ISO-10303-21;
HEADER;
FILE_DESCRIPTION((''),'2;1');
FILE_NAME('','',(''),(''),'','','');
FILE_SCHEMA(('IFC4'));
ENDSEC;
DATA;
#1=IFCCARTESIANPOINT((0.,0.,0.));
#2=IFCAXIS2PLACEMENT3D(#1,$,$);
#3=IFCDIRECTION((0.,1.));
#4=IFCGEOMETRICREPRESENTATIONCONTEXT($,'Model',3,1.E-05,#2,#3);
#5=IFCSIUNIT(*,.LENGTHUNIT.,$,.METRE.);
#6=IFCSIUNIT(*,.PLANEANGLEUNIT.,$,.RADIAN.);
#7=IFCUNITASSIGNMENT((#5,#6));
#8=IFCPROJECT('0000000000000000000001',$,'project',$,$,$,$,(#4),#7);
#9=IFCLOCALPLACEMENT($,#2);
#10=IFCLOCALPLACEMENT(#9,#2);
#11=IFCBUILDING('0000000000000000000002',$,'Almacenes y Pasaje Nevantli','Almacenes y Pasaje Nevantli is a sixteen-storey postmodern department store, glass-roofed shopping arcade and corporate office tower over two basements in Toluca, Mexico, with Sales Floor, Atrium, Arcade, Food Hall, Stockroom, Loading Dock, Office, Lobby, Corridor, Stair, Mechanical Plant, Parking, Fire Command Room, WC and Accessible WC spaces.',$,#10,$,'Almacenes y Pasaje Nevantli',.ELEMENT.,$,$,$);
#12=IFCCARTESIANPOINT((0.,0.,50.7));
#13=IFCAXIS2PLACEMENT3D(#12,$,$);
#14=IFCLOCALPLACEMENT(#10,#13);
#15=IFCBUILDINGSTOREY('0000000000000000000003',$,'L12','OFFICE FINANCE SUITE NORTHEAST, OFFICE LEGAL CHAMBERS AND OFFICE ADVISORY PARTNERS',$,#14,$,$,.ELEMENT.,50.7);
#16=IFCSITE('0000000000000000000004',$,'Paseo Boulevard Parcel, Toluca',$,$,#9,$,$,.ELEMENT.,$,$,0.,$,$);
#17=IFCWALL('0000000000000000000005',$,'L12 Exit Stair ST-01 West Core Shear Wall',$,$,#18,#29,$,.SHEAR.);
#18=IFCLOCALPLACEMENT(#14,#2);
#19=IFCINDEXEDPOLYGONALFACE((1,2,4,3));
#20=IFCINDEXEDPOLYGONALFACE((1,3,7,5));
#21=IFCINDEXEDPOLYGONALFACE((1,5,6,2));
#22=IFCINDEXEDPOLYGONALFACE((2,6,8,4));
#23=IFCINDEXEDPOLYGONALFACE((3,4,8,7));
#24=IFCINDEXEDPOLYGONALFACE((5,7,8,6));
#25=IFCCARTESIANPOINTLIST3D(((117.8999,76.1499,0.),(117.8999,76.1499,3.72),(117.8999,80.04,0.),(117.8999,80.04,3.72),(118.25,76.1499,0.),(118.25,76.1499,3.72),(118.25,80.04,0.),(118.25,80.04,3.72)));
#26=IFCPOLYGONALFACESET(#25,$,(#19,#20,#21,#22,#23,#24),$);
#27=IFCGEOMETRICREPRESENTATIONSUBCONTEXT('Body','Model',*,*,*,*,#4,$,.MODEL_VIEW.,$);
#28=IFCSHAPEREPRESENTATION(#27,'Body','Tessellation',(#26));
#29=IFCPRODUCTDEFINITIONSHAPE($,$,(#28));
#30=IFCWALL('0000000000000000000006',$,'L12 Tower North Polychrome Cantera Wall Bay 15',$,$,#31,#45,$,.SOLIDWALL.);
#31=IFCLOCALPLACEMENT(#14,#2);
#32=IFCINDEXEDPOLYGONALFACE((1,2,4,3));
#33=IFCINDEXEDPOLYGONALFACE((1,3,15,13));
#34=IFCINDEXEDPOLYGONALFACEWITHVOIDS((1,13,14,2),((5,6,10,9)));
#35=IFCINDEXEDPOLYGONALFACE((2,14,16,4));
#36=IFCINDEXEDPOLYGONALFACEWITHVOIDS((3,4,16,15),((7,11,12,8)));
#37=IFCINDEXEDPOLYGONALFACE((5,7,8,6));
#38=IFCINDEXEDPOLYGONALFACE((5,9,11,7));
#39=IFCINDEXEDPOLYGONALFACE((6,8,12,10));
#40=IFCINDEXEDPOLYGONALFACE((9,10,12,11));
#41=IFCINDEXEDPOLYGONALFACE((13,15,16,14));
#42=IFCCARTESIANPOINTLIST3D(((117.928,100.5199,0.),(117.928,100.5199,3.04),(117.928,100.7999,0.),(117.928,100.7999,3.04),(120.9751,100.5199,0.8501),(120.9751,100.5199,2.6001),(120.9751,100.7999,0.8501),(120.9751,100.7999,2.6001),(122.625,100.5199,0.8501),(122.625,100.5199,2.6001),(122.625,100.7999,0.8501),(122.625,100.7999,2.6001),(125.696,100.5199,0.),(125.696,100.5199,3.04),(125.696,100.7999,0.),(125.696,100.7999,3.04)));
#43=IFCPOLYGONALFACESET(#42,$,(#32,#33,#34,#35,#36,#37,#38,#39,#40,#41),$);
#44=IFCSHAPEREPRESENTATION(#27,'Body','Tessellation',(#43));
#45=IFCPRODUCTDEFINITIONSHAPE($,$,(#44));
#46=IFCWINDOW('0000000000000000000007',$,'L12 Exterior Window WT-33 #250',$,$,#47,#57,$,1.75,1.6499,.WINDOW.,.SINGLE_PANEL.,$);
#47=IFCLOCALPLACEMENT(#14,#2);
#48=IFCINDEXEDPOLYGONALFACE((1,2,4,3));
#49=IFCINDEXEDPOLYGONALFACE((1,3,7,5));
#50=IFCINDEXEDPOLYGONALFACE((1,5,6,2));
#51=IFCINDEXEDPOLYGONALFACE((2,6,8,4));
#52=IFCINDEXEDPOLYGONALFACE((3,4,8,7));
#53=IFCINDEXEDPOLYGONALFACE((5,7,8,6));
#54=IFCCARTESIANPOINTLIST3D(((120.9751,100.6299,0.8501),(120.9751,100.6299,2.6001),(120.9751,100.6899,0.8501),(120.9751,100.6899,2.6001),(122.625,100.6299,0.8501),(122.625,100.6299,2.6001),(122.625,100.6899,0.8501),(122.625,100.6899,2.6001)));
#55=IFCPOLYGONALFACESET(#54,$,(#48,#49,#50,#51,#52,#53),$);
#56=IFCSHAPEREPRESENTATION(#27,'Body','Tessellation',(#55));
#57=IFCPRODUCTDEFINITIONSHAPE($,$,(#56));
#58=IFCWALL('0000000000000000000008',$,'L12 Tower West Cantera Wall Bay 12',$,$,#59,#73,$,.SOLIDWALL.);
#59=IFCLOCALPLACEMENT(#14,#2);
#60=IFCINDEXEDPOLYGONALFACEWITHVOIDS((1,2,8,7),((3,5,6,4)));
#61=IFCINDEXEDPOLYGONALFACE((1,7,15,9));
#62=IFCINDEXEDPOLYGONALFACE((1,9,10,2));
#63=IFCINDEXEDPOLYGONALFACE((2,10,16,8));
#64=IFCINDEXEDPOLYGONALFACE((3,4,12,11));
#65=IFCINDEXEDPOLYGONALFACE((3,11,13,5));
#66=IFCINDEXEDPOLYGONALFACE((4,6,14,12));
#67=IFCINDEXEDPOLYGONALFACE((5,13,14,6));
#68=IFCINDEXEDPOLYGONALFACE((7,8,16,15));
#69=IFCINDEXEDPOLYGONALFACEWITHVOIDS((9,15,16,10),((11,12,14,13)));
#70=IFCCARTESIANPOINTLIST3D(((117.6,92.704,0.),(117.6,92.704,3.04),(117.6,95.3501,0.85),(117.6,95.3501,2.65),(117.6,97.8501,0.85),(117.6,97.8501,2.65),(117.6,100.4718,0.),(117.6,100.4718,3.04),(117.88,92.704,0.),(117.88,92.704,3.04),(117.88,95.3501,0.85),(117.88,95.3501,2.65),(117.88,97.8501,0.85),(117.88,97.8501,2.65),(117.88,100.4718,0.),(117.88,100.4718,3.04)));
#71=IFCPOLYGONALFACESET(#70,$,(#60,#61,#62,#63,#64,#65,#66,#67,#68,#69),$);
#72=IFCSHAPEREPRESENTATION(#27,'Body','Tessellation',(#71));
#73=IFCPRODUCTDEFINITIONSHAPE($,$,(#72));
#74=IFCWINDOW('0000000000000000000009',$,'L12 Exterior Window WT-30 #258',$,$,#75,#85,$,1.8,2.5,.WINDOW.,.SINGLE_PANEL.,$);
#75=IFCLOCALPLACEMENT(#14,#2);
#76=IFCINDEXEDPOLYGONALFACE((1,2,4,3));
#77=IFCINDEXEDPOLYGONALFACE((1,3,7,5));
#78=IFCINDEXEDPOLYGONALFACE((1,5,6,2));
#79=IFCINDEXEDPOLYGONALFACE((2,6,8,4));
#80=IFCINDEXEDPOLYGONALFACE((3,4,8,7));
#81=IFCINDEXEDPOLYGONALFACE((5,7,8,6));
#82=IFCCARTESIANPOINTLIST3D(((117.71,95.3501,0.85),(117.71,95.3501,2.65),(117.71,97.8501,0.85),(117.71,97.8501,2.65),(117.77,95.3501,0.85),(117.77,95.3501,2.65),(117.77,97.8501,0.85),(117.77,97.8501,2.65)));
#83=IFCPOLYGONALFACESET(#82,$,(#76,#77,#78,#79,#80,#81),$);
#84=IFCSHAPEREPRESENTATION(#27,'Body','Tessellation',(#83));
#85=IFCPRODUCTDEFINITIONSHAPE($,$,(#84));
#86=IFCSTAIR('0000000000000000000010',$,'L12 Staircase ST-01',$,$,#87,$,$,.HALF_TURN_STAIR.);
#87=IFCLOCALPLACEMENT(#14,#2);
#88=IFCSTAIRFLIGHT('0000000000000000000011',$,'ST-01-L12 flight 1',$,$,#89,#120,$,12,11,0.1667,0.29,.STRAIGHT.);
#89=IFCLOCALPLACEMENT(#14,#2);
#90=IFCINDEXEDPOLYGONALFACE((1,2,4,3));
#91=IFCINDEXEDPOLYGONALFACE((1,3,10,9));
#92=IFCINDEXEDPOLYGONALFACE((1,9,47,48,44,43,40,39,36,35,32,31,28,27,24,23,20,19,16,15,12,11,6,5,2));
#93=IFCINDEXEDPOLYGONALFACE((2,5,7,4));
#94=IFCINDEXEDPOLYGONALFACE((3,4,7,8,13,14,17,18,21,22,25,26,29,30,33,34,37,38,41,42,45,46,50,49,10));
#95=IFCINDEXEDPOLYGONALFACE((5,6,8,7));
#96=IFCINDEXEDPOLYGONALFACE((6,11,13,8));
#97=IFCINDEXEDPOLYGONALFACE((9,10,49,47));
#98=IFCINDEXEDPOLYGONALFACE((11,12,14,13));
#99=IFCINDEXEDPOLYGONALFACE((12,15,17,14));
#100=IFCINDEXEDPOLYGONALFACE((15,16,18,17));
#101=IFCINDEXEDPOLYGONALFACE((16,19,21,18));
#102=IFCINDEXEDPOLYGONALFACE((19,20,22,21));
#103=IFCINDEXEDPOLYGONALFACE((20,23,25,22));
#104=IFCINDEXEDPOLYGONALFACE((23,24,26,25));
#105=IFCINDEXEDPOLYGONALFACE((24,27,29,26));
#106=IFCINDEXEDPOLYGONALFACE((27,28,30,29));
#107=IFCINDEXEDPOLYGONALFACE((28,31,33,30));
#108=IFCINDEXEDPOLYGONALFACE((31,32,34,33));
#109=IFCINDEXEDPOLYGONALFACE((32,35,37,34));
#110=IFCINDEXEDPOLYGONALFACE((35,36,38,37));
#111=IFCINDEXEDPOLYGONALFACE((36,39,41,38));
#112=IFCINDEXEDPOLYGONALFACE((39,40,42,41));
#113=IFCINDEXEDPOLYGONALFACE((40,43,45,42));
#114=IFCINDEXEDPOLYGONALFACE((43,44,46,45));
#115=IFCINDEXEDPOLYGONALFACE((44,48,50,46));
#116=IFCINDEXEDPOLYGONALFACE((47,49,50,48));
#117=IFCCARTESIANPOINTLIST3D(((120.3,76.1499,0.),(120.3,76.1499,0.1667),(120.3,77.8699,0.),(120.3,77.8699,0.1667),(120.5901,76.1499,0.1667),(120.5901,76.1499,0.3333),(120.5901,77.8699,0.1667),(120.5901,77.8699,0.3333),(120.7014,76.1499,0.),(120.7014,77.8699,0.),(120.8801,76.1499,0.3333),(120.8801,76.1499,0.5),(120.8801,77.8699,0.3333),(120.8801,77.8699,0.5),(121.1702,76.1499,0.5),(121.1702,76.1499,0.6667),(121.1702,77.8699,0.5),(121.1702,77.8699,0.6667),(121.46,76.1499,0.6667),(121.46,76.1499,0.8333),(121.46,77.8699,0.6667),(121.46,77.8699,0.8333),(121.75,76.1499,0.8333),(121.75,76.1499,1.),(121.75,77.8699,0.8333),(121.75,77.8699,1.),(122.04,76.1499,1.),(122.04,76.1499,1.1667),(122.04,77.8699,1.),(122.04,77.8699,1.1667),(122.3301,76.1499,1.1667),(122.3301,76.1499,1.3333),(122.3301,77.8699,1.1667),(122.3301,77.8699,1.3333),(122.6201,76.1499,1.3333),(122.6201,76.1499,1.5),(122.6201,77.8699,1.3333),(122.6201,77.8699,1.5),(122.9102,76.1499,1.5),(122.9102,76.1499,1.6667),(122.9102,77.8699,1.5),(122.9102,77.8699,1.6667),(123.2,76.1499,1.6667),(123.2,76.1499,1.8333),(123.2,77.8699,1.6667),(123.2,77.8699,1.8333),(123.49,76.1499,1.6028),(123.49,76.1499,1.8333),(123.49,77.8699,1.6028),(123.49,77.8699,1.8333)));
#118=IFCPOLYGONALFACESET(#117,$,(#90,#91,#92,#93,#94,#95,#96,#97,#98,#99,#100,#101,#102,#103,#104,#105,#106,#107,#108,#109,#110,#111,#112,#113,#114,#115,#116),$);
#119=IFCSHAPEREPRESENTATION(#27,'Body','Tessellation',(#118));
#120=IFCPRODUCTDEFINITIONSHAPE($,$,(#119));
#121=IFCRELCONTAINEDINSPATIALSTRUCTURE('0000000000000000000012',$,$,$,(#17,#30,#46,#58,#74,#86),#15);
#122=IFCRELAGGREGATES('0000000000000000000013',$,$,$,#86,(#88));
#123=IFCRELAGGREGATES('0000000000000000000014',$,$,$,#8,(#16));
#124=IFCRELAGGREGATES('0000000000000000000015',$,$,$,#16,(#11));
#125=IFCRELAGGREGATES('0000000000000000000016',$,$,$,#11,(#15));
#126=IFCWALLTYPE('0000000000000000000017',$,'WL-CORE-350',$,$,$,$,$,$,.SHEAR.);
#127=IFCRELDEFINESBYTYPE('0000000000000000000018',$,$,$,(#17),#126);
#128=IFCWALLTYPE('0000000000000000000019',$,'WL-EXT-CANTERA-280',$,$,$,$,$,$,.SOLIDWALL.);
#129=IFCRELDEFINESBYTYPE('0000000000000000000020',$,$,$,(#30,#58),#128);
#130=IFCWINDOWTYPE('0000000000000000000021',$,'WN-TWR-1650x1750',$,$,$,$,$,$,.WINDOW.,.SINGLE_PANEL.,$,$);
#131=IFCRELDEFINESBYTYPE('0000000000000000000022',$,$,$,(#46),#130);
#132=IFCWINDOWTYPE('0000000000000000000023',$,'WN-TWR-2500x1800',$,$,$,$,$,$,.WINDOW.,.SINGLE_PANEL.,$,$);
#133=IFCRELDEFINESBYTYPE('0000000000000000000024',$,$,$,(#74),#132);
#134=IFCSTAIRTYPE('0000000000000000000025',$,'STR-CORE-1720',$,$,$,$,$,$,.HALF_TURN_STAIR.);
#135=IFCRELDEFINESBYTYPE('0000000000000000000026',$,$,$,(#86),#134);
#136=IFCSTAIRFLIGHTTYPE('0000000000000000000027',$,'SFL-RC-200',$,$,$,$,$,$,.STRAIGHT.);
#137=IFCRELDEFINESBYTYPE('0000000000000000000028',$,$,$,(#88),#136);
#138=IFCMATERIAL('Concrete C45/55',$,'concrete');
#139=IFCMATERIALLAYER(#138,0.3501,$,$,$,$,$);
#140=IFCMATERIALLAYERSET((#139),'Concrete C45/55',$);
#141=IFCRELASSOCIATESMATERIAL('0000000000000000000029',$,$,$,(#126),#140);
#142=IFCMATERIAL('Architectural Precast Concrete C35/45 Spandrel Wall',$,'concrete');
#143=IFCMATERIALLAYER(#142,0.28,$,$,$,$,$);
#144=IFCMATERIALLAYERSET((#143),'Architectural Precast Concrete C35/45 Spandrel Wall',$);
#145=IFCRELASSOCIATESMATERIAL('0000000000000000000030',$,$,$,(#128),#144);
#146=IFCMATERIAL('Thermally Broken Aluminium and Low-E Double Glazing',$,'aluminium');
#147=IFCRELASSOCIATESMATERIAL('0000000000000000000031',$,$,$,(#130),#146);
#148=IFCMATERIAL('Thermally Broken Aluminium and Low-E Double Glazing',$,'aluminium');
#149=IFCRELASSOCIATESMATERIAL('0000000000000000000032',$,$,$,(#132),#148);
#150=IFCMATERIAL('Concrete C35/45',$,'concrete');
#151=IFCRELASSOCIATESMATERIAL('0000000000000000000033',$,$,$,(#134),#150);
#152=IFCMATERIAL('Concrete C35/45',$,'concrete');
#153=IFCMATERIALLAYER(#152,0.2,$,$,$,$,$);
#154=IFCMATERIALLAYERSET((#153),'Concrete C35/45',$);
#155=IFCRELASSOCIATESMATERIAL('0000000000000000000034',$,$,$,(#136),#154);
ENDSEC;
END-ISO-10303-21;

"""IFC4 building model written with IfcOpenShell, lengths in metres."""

from ifc_helpers import new_model, si_unit, direction, frame, frame_2d, origin, place, context, subcontext, project, spatial, polyline, rectangle, outline, extrude, material, layer, layer_set, type_object, element, fill, aggregate, save


model = new_model("IFC4")

# Units and contexts
model_context = context("Model", 3, precision=1e-05, world=origin(), true_north=direction((0.0, 1.0)))
body_context = subcontext(model_context, "Body", "Model", "MODEL_VIEW")
ifc_project = project(units=[si_unit("LENGTHUNIT", "METRE"), si_unit("PLANEANGLEUNIT", "RADIAN")], contexts=[model_context])

# Site, building, storey
site_placement = place(None, origin())
site = spatial("IfcSite", under=ifc_project, at=site_placement, Name="Paseo Boulevard Parcel, Toluca", CompositionType="ELEMENT", RefElevation=0.0)
building_placement = place(site_placement, origin())
building = spatial("IfcBuilding", under=site, at=building_placement, Name="Almacenes y Pasaje Nevantli", Description="Almacenes y Pasaje Nevantli is a sixteen-storey postmodern department store, glass-roofed shopping arcade and corporate office tower over two basements in Toluca, Mexico, with Sales Floor, Atrium, Arcade, Food Hall, Stockroom, Loading Dock, Office, Lobby, Corridor, Stair, Mechanical Plant, Parking, Fire Command Room, WC and Accessible WC spaces.", LongName="Almacenes y Pasaje Nevantli", CompositionType="ELEMENT")
storey_placement = place(building_placement, frame((0.0, 0.0, 50.7)))
storey = spatial("IfcBuildingStorey", under=building, at=storey_placement, Name="L12", Description="OFFICE FINANCE SUITE NORTHEAST, OFFICE LEGAL CHAMBERS AND OFFICE ADVISORY PARTNERS", CompositionType="ELEMENT", Elevation=50.7)

# Shared definitions
ifc_material_1 = material(Name="Concrete C45/55", Category="concrete")
ifc_layer_1 = layer(ifc_material_1, 0.3501)
ifc_layer_set_1 = layer_set([ifc_layer_1], Name="Concrete C45/55")
wall_type_1 = type_object("IfcWallType", Name="WL-CORE-350", PredefinedType="SHEAR", material=ifc_layer_set_1)

# Wall
wall_1_placement = place(storey_placement, frame((118.075, 76.1499, 0.0), z_axis=(0.0, 0.0, 1.0), x_axis=(0.0, 1.0, 0.0)))
element("IfcWall", 1, at=wall_1_placement, inside=storey, type_object=wall_type_1, Name="L12 Exit Stair ST-01 West Core Shear Wall", PredefinedType="SHEAR", context=body_context, shape_type="SweptSolid", body=[
    extrude(rectangle(XDim=3.8901, YDim=0.3501, at=frame_2d((1.9451, 0.0))), origin(), (0.0, 0.0, 1.0), 3.72),
])

# Walls, openings, windows
ifc_material_2 = material(Name="Architectural Precast Concrete C35/45 Spandrel Wall", Category="concrete")
ifc_layer_2 = layer(ifc_material_2, 0.28)
ifc_layer_set_2 = layer_set([ifc_layer_2], Name="Architectural Precast Concrete C35/45 Spandrel Wall")
wall_type_2 = type_object("IfcWallType", Name="WL-EXT-CANTERA-280", PredefinedType="SOLIDWALL", material=ifc_layer_set_2)
wall_2_placement = place(storey_placement, frame((117.928, 100.6599, 0.0), z_axis=(0.0, 0.0, 1.0), x_axis=(1.0, 0.0, 0.0)))
wall_2 = element("IfcWall", 2, at=wall_2_placement, inside=storey, type_object=wall_type_2, Name="L12 Tower North Polychrome Cantera Wall Bay 15", PredefinedType="SOLIDWALL", context=body_context, shape_type="SweptSolid", body=[
    extrude(rectangle(XDim=7.7681, YDim=0.28, at=frame_2d((3.884, 0.0))), origin(), (0.0, 0.0, 1.0), 3.04),
])
opening_1_placement = place(wall_2_placement, frame((3.0471, 0.0, 0.8501)))
opening_1 = element("IfcOpeningElement", 3, at=opening_1_placement, cuts=wall_2, PredefinedType="OPENING", context=body_context, shape_type="SweptSolid", body=[
    extrude(rectangle(XDim=1.6499, YDim=1.75, at=frame_2d((0.825, 0.875))), frame((0.0, 0.1499, 0.0), z_axis=(0.0, -1.0, 0.0), x_axis=(1.0, 0.0, 0.0)), (0.0, 0.0, 1.0), 0.3),
])
ifc_material_3 = material(Name="Thermally Broken Aluminium and Low-E Double Glazing", Category="aluminium")
window_type_1 = type_object("IfcWindowType", Name="WN-TWR-1650x1750", PartitioningType="SINGLE_PANEL", PredefinedType="WINDOW", material=ifc_material_3)
window_1_placement = place(opening_1_placement, origin())
window_1 = element("IfcWindow", 4, at=window_1_placement, inside=storey, type_object=window_type_1, Name="L12 Exterior Window WT-33 #250", OverallHeight=1.75, OverallWidth=1.6499, PartitioningType="SINGLE_PANEL", PredefinedType="WINDOW", context=body_context, shape_type="SweptSolid", body=[
    extrude(rectangle(XDim=1.6499, YDim=1.75, at=frame_2d((0.825, 0.875))), frame((0.0, 0.03, 0.0), z_axis=(0.0, -1.0, 0.0), x_axis=(1.0, 0.0, 0.0)), (0.0, 0.0, 1.0), 0.0601),
])
fill(opening_1, window_1)
wall_3_placement = place(storey_placement, frame((117.74, 92.7041, 0.0), z_axis=(0.0, 0.0, 1.0), x_axis=(0.0, 1.0, 0.0)))
wall_3 = element("IfcWall", 5, at=wall_3_placement, inside=storey, type_object=wall_type_2, Name="L12 Tower West Cantera Wall Bay 12", PredefinedType="SOLIDWALL", context=body_context, shape_type="SweptSolid", body=[
    extrude(rectangle(XDim=7.7678, YDim=0.28, at=frame_2d((3.8838, 0.0))), origin(), (0.0, 0.0, 1.0), 3.04),
])
opening_2_placement = place(wall_3_placement, frame((2.646, 0.0, 0.8501)))
opening_2 = element("IfcOpeningElement", 6, at=opening_2_placement, cuts=wall_3, PredefinedType="OPENING", context=body_context, shape_type="SweptSolid", body=[
    extrude(rectangle(XDim=2.5, YDim=1.8, at=frame_2d((1.25, 0.8999))), frame((0.0, 0.1499, 0.0), z_axis=(0.0, -1.0, 0.0), x_axis=(1.0, 0.0, 0.0)), (0.0, 0.0, 1.0), 0.3),
])
ifc_material_4 = material(Name="Thermally Broken Aluminium and Low-E Double Glazing", Category="aluminium")
window_type_2 = type_object("IfcWindowType", Name="WN-TWR-2500x1800", PartitioningType="SINGLE_PANEL", PredefinedType="WINDOW", material=ifc_material_4)
window_2_placement = place(opening_2_placement, origin())
window_2 = element("IfcWindow", 7, at=window_2_placement, inside=storey, type_object=window_type_2, Name="L12 Exterior Window WT-30 #258", OverallHeight=1.8, OverallWidth=2.5, PartitioningType="SINGLE_PANEL", PredefinedType="WINDOW", context=body_context, shape_type="SweptSolid", body=[
    extrude(rectangle(XDim=2.5, YDim=1.8, at=frame_2d((1.25, 0.8999))), frame((0.0, 0.03, 0.0), z_axis=(0.0, -1.0, 0.0), x_axis=(1.0, 0.0, 0.0)), (0.0, 0.0, 1.0), 0.0601),
])
fill(opening_2, window_2)

# Stair, stair flight
ifc_material_5 = material(Name="Concrete C35/45", Category="concrete")
stair_type = type_object("IfcStairType", Name="STR-CORE-1720", PredefinedType="HALF_TURN_STAIR", material=ifc_material_5)
stair_placement = place(storey_placement, origin())
stair = element("IfcStair", 8, at=stair_placement, inside=storey, type_object=stair_type, Name="L12 Staircase ST-01", PredefinedType="HALF_TURN_STAIR")
ifc_material_6 = material(Name="Concrete C35/45", Category="concrete")
ifc_layer_3 = layer(ifc_material_6, 0.2)
ifc_layer_set_3 = layer_set([ifc_layer_3], Name="Concrete C35/45")
stair_flight_type = type_object("IfcStairFlightType", Name="SFL-RC-200", PredefinedType="STRAIGHT", material=ifc_layer_set_3)
stair_flight_placement = place(storey_placement, frame((120.3, 77.01, 0.0), z_axis=(0.0, 0.0, 1.0), x_axis=(1.0, 0.0, 0.0)))
stair_flight = element("IfcStairFlight", 9, at=stair_flight_placement, type_object=stair_flight_type, Name="ST-01-L12 flight 1", NumberOfRisers=12, NumberOfTreads=11, PredefinedType="STRAIGHT", RiserHeight=0.1667, TreadLength=0.29, context=body_context, shape_type="SweptSolid", body=[
    extrude(outline(polyline([(0.0, 0.0), (0.0, 0.1667), (0.29, 0.1667), (0.29, 0.3333), (0.5801, 0.3333), (0.5801, 0.5), (0.8701, 0.5), (0.8701, 0.6667), (1.1599, 0.6667), (1.1599, 0.8333), (1.45, 0.8333), (1.45, 1.0), (1.74, 1.0), (1.74, 1.1667), (2.03, 1.1667), (2.03, 1.3333), (2.3201, 1.3333), (2.3201, 1.5), (2.6101, 1.5), (2.6101, 1.6667), (2.8999, 1.6667), (2.8999, 1.8333), (3.1899, 1.8333), (3.1899, 2.0), (3.1899, 1.6028), (0.4014, 0.0), (0.0, 0.0)])), frame((0.0, 0.8599, 0.0), z_axis=(0.0, -1.0, 0.0), x_axis=(1.0, 0.0, 0.0)), (0.0, 0.0, 1.0), 1.72),
])
aggregate(stair, [stair_flight])

save(model, "model.ifc")
